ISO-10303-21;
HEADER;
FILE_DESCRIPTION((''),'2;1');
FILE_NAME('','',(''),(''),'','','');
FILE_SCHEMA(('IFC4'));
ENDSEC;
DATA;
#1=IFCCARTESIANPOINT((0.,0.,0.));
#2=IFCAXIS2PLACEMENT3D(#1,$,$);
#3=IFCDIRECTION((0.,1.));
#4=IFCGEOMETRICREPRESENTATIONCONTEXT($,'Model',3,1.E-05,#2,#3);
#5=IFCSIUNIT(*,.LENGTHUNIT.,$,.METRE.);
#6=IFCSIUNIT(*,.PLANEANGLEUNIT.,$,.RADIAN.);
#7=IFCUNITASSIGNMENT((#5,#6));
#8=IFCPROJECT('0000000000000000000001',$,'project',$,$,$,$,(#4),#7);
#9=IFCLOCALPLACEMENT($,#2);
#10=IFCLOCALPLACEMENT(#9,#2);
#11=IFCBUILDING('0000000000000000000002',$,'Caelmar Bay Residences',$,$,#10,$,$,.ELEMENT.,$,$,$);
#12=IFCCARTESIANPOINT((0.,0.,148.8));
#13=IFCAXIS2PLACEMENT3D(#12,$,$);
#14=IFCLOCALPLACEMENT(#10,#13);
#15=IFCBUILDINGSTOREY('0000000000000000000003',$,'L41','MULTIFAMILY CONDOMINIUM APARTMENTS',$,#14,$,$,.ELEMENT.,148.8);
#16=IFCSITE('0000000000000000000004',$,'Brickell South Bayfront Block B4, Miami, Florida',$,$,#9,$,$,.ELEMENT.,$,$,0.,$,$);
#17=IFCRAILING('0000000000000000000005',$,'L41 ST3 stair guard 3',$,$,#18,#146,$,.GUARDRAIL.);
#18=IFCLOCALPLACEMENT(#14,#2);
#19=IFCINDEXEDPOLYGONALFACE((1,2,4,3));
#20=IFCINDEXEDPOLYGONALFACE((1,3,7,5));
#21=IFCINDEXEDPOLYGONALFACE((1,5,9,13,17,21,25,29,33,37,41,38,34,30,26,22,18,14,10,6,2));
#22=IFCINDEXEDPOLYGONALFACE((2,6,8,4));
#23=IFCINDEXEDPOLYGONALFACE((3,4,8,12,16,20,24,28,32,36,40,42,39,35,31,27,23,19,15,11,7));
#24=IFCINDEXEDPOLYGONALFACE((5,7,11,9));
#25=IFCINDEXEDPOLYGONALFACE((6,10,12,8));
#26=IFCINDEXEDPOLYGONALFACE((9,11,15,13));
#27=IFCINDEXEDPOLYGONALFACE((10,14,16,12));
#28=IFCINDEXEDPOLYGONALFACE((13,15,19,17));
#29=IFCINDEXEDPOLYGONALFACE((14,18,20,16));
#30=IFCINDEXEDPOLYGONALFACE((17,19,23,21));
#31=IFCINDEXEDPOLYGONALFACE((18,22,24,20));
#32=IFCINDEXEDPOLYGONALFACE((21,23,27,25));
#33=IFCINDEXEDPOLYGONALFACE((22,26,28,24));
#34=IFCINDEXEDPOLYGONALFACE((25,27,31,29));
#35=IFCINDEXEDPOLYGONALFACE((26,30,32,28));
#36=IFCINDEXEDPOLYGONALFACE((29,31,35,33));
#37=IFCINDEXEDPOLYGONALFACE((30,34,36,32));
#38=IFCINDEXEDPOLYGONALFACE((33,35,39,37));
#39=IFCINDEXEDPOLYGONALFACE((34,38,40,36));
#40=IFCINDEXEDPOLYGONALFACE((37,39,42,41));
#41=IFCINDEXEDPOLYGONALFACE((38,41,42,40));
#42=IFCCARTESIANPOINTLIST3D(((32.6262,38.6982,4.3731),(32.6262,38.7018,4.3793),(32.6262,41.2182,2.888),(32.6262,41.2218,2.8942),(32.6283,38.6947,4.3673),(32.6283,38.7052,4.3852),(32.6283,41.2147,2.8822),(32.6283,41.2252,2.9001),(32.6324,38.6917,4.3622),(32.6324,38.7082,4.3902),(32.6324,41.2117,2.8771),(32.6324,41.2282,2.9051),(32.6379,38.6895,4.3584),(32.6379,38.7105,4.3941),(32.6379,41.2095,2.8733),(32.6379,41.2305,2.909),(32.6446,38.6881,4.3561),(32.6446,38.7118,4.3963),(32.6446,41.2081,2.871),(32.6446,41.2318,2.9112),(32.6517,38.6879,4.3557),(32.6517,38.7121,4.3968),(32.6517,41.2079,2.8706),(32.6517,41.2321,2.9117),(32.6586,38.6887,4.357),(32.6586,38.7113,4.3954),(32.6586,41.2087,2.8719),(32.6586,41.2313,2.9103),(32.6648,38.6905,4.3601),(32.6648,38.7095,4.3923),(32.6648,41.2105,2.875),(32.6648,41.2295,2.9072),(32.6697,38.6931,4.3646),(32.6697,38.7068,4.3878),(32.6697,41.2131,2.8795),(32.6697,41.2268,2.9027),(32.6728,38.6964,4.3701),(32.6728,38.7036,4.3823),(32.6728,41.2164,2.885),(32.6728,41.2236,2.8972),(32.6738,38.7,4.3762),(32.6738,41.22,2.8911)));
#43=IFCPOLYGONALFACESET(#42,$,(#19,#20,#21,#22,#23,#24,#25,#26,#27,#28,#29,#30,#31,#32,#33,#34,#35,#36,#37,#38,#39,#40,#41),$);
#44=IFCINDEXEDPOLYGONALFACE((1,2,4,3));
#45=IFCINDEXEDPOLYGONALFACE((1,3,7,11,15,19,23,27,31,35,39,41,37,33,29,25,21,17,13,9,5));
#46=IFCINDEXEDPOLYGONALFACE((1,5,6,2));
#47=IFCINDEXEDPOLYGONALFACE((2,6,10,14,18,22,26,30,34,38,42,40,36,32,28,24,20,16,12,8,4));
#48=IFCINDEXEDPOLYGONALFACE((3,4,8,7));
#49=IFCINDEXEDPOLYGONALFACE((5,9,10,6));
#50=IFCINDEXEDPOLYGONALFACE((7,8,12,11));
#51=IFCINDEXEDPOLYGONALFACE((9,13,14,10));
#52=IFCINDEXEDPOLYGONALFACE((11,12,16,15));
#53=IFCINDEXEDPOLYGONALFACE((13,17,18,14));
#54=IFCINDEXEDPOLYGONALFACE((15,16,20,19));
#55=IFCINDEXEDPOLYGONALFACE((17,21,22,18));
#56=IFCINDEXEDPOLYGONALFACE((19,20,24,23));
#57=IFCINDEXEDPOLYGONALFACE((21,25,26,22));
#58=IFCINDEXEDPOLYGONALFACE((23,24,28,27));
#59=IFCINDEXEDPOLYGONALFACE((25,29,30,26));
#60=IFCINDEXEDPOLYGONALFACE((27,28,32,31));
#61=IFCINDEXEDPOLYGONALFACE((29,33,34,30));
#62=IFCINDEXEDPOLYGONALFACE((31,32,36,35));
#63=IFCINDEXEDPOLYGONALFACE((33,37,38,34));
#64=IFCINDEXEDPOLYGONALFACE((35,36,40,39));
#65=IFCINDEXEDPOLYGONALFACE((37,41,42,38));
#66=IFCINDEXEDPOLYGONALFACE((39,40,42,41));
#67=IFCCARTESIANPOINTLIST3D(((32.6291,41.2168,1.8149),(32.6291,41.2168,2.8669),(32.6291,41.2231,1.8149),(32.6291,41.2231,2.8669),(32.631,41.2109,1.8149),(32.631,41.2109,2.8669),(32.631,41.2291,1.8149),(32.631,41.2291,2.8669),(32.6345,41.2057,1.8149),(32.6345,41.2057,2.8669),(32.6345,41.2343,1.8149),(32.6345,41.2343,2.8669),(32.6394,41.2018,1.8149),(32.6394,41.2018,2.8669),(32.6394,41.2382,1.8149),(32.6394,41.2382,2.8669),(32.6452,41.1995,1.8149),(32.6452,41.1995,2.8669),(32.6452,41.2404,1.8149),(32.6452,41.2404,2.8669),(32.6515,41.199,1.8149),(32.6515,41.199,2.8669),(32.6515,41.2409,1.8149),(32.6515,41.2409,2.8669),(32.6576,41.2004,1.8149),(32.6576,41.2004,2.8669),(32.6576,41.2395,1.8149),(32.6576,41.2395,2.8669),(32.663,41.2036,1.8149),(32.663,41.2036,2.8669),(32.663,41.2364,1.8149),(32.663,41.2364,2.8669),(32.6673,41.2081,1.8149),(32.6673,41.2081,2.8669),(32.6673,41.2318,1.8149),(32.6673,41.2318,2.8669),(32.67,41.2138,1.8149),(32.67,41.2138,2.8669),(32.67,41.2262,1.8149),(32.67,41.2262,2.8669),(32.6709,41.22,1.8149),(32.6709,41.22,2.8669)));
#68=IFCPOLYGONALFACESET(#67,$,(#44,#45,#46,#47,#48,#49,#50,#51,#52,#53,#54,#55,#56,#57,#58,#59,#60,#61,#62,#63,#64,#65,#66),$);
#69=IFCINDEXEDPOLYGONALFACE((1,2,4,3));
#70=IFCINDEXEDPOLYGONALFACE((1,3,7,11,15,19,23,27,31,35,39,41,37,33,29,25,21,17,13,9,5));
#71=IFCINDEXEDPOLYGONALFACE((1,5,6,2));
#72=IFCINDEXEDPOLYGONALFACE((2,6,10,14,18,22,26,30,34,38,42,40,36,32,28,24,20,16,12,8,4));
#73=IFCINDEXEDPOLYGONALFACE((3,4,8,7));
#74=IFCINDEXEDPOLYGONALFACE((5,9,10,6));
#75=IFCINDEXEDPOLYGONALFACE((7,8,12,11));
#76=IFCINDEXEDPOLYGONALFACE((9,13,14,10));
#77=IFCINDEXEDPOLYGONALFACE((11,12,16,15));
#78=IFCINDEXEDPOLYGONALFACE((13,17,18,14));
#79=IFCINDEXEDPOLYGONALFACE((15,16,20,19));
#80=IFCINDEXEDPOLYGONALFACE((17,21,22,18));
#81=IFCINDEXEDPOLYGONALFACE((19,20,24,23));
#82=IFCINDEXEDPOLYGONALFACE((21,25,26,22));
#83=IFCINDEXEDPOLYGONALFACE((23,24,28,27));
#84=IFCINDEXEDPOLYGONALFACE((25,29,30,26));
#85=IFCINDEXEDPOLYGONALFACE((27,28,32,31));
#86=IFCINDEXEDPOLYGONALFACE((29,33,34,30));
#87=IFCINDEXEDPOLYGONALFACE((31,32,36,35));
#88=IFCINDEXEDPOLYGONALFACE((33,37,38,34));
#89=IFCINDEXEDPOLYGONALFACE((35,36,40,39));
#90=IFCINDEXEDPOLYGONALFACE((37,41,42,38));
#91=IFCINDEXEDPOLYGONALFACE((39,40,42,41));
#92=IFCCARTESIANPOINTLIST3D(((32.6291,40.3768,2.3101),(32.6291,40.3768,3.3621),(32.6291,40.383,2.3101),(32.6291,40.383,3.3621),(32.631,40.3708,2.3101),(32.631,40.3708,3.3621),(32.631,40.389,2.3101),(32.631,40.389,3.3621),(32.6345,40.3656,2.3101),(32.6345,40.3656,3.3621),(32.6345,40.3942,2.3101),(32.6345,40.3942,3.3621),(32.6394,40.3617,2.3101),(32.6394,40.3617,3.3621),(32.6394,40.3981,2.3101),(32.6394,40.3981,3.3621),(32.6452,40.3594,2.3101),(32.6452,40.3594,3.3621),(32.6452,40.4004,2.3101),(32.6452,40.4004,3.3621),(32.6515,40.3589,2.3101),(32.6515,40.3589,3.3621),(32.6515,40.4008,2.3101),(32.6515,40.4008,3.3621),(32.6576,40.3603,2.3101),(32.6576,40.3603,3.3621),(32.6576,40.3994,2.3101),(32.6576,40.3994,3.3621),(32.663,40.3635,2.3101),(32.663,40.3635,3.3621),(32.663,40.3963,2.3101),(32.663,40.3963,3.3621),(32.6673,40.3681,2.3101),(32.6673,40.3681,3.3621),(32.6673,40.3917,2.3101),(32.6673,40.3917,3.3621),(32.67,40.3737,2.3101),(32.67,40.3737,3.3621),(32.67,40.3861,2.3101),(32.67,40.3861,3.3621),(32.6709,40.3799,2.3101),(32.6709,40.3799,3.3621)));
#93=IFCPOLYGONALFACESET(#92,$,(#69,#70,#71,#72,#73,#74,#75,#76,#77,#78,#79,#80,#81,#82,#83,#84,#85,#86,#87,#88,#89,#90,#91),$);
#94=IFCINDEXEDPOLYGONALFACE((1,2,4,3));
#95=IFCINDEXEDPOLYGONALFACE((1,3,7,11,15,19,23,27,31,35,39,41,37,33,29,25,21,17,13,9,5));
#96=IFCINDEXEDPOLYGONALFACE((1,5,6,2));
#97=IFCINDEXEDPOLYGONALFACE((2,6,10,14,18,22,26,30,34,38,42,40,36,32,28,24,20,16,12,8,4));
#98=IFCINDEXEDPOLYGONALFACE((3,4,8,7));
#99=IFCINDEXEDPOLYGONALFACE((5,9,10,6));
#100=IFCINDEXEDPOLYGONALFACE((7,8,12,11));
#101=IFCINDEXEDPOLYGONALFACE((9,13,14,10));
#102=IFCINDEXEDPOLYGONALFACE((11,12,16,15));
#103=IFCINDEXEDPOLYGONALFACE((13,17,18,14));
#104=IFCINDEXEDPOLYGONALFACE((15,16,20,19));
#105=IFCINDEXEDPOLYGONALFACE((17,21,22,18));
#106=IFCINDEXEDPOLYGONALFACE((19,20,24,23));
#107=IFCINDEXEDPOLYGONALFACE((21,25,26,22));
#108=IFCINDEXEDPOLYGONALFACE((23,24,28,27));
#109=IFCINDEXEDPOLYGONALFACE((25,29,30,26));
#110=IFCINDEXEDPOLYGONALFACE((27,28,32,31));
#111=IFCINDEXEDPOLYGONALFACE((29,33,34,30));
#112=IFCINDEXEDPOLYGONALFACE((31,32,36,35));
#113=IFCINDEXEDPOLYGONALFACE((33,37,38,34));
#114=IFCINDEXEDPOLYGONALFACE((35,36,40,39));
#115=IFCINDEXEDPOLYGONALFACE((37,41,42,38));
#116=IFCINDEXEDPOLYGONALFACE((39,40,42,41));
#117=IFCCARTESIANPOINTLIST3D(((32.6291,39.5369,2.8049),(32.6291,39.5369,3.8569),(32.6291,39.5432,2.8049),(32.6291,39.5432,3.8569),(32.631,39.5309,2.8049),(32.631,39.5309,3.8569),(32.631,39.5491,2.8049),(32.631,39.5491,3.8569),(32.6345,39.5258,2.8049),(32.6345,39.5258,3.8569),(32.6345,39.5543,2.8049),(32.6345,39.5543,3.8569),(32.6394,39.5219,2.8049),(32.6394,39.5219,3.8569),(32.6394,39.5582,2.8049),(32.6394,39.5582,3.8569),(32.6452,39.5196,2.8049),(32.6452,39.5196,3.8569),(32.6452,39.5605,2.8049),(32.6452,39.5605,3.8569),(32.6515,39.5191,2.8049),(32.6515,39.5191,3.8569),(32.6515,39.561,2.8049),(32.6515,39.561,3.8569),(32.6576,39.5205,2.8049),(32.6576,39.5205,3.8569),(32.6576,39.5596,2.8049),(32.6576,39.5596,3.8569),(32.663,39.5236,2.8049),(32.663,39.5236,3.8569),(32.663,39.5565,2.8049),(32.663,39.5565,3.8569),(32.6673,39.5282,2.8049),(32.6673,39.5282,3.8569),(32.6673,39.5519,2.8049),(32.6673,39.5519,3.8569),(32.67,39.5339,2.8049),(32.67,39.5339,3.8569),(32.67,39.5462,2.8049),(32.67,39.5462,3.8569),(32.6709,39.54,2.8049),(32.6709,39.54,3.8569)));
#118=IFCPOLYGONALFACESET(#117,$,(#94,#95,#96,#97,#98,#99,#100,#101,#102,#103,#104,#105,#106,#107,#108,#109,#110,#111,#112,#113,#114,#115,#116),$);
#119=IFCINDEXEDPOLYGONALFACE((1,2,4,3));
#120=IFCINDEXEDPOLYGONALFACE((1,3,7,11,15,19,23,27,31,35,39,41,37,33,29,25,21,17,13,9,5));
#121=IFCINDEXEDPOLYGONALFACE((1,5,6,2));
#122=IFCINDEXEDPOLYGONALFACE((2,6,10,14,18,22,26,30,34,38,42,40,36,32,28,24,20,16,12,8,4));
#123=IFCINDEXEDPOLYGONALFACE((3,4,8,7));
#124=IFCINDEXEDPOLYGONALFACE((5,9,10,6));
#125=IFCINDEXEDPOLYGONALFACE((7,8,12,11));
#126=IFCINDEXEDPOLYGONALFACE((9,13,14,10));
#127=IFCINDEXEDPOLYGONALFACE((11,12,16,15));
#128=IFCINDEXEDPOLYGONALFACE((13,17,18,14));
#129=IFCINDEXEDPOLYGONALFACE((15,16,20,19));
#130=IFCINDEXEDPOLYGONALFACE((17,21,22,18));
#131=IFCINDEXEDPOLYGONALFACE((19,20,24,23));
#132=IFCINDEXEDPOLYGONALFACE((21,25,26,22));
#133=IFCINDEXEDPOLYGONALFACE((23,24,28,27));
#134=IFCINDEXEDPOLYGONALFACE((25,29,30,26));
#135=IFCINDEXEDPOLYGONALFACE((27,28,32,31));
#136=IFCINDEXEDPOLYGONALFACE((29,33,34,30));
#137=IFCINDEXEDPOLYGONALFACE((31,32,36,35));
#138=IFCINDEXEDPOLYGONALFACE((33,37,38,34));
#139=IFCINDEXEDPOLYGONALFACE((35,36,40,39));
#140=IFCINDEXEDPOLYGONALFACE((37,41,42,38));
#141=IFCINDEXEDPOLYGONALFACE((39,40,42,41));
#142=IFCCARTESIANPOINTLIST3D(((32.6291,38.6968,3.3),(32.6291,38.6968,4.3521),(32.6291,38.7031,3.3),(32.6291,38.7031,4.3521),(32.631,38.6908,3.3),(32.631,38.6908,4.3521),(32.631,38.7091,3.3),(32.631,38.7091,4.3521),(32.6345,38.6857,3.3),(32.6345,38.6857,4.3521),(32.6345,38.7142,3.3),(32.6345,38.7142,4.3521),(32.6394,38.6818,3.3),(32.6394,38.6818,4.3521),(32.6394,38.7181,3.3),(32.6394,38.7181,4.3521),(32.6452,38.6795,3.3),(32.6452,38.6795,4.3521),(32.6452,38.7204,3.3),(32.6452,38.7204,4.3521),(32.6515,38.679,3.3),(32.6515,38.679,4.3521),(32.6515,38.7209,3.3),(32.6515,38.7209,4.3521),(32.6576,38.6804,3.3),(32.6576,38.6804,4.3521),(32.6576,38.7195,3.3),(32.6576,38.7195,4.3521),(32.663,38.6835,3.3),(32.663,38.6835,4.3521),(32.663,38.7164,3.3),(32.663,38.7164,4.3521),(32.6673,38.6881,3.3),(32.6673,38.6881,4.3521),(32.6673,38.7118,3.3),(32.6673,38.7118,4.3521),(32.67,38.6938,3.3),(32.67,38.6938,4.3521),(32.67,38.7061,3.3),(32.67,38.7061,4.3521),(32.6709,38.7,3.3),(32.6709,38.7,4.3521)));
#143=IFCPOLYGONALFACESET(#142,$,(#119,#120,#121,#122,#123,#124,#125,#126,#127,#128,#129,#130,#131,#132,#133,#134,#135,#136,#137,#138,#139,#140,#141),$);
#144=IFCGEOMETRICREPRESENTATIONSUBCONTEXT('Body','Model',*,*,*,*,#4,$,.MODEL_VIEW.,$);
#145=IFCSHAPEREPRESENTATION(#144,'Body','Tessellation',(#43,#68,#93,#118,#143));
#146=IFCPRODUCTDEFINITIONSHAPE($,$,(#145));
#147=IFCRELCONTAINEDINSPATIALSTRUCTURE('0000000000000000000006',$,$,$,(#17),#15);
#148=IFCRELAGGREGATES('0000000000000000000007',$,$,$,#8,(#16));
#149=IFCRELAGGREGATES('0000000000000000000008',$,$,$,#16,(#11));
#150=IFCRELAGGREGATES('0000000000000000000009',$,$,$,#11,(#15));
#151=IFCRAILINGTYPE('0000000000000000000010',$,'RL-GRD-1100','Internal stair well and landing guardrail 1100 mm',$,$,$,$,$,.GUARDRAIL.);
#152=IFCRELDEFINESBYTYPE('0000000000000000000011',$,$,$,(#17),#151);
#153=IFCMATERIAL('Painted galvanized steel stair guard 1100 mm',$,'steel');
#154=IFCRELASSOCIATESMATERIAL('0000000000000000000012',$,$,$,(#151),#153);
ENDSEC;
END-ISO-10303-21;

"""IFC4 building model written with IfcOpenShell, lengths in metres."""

from ifc_helpers import new_model, si_unit, direction, frame, origin, origin_2d, place, context, subcontext, project, spatial, circle, extrude, material, type_object, element, save


model = new_model("IFC4")

# Units and contexts
model_context = context("Model", 3, precision=1e-05, world=origin(), true_north=direction((0.0, 1.0)))
body_context = subcontext(model_context, "Body", "Model", "MODEL_VIEW")
ifc_project = project(units=[si_unit("LENGTHUNIT", "METRE"), si_unit("PLANEANGLEUNIT", "RADIAN")], contexts=[model_context])

# Site, building, storey
site_placement = place(None, origin())
site = spatial("IfcSite", under=ifc_project, at=site_placement, Name="Brickell South Bayfront Block B4, Miami, Florida", CompositionType="ELEMENT", RefElevation=0.0)
building_placement = place(site_placement, origin())
building = spatial("IfcBuilding", under=site, at=building_placement, Name="Caelmar Bay Residences", CompositionType="ELEMENT")
storey_placement = place(building_placement, frame((0.0, 0.0, 148.8)))
storey = spatial("IfcBuildingStorey", under=building, at=storey_placement, Name="L41", Description="MULTIFAMILY CONDOMINIUM APARTMENTS", CompositionType="ELEMENT", Elevation=148.8)

# Railing
ifc_material_1 = material(Name="Painted galvanized steel stair guard 1100 mm", Category="steel")
railing_type_1 = type_object("IfcRailingType", Name="RL-GRD-1100", Description="Internal stair well and landing guardrail 1100 mm", PredefinedType="GUARDRAIL", material=ifc_material_1)
railing_1_placement = place(storey_placement, frame((32.6499, 41.22, 1.8149)))
element("IfcRailing", 1, at=railing_1_placement, inside=storey, type_object=railing_type_1, Name="L41 ST3 stair guard 3", PredefinedType="GUARDRAIL", context=body_context, shape_type="SweptSolid", body=[
    extrude(circle(Radius=0.0239, at=origin_2d()), frame((0.0, 0.0, 1.0762), z_axis=(0.0, -0.861524, 0.507717), x_axis=(1.0, 0.0, 0.0)), (0.0, 0.0, 1.0), 2.925),
    extrude(circle(Radius=0.021, at=origin_2d()), origin(), (0.0, 0.0, 1.0), 1.052),
    extrude(circle(Radius=0.021, at=origin_2d()), frame((0.0, -0.8401, 0.4951)), (0.0, 0.0, 1.0), 1.052),
    extrude(circle(Radius=0.021, at=origin_2d()), frame((0.0, -1.6799, 0.99)), (0.0, 0.0, 1.0), 1.052),
    extrude(circle(Radius=0.021, at=origin_2d()), frame((0.0, -2.52, 1.4851)), (0.0, 0.0, 1.0), 1.052),
])

save(model, "model.ifc")
